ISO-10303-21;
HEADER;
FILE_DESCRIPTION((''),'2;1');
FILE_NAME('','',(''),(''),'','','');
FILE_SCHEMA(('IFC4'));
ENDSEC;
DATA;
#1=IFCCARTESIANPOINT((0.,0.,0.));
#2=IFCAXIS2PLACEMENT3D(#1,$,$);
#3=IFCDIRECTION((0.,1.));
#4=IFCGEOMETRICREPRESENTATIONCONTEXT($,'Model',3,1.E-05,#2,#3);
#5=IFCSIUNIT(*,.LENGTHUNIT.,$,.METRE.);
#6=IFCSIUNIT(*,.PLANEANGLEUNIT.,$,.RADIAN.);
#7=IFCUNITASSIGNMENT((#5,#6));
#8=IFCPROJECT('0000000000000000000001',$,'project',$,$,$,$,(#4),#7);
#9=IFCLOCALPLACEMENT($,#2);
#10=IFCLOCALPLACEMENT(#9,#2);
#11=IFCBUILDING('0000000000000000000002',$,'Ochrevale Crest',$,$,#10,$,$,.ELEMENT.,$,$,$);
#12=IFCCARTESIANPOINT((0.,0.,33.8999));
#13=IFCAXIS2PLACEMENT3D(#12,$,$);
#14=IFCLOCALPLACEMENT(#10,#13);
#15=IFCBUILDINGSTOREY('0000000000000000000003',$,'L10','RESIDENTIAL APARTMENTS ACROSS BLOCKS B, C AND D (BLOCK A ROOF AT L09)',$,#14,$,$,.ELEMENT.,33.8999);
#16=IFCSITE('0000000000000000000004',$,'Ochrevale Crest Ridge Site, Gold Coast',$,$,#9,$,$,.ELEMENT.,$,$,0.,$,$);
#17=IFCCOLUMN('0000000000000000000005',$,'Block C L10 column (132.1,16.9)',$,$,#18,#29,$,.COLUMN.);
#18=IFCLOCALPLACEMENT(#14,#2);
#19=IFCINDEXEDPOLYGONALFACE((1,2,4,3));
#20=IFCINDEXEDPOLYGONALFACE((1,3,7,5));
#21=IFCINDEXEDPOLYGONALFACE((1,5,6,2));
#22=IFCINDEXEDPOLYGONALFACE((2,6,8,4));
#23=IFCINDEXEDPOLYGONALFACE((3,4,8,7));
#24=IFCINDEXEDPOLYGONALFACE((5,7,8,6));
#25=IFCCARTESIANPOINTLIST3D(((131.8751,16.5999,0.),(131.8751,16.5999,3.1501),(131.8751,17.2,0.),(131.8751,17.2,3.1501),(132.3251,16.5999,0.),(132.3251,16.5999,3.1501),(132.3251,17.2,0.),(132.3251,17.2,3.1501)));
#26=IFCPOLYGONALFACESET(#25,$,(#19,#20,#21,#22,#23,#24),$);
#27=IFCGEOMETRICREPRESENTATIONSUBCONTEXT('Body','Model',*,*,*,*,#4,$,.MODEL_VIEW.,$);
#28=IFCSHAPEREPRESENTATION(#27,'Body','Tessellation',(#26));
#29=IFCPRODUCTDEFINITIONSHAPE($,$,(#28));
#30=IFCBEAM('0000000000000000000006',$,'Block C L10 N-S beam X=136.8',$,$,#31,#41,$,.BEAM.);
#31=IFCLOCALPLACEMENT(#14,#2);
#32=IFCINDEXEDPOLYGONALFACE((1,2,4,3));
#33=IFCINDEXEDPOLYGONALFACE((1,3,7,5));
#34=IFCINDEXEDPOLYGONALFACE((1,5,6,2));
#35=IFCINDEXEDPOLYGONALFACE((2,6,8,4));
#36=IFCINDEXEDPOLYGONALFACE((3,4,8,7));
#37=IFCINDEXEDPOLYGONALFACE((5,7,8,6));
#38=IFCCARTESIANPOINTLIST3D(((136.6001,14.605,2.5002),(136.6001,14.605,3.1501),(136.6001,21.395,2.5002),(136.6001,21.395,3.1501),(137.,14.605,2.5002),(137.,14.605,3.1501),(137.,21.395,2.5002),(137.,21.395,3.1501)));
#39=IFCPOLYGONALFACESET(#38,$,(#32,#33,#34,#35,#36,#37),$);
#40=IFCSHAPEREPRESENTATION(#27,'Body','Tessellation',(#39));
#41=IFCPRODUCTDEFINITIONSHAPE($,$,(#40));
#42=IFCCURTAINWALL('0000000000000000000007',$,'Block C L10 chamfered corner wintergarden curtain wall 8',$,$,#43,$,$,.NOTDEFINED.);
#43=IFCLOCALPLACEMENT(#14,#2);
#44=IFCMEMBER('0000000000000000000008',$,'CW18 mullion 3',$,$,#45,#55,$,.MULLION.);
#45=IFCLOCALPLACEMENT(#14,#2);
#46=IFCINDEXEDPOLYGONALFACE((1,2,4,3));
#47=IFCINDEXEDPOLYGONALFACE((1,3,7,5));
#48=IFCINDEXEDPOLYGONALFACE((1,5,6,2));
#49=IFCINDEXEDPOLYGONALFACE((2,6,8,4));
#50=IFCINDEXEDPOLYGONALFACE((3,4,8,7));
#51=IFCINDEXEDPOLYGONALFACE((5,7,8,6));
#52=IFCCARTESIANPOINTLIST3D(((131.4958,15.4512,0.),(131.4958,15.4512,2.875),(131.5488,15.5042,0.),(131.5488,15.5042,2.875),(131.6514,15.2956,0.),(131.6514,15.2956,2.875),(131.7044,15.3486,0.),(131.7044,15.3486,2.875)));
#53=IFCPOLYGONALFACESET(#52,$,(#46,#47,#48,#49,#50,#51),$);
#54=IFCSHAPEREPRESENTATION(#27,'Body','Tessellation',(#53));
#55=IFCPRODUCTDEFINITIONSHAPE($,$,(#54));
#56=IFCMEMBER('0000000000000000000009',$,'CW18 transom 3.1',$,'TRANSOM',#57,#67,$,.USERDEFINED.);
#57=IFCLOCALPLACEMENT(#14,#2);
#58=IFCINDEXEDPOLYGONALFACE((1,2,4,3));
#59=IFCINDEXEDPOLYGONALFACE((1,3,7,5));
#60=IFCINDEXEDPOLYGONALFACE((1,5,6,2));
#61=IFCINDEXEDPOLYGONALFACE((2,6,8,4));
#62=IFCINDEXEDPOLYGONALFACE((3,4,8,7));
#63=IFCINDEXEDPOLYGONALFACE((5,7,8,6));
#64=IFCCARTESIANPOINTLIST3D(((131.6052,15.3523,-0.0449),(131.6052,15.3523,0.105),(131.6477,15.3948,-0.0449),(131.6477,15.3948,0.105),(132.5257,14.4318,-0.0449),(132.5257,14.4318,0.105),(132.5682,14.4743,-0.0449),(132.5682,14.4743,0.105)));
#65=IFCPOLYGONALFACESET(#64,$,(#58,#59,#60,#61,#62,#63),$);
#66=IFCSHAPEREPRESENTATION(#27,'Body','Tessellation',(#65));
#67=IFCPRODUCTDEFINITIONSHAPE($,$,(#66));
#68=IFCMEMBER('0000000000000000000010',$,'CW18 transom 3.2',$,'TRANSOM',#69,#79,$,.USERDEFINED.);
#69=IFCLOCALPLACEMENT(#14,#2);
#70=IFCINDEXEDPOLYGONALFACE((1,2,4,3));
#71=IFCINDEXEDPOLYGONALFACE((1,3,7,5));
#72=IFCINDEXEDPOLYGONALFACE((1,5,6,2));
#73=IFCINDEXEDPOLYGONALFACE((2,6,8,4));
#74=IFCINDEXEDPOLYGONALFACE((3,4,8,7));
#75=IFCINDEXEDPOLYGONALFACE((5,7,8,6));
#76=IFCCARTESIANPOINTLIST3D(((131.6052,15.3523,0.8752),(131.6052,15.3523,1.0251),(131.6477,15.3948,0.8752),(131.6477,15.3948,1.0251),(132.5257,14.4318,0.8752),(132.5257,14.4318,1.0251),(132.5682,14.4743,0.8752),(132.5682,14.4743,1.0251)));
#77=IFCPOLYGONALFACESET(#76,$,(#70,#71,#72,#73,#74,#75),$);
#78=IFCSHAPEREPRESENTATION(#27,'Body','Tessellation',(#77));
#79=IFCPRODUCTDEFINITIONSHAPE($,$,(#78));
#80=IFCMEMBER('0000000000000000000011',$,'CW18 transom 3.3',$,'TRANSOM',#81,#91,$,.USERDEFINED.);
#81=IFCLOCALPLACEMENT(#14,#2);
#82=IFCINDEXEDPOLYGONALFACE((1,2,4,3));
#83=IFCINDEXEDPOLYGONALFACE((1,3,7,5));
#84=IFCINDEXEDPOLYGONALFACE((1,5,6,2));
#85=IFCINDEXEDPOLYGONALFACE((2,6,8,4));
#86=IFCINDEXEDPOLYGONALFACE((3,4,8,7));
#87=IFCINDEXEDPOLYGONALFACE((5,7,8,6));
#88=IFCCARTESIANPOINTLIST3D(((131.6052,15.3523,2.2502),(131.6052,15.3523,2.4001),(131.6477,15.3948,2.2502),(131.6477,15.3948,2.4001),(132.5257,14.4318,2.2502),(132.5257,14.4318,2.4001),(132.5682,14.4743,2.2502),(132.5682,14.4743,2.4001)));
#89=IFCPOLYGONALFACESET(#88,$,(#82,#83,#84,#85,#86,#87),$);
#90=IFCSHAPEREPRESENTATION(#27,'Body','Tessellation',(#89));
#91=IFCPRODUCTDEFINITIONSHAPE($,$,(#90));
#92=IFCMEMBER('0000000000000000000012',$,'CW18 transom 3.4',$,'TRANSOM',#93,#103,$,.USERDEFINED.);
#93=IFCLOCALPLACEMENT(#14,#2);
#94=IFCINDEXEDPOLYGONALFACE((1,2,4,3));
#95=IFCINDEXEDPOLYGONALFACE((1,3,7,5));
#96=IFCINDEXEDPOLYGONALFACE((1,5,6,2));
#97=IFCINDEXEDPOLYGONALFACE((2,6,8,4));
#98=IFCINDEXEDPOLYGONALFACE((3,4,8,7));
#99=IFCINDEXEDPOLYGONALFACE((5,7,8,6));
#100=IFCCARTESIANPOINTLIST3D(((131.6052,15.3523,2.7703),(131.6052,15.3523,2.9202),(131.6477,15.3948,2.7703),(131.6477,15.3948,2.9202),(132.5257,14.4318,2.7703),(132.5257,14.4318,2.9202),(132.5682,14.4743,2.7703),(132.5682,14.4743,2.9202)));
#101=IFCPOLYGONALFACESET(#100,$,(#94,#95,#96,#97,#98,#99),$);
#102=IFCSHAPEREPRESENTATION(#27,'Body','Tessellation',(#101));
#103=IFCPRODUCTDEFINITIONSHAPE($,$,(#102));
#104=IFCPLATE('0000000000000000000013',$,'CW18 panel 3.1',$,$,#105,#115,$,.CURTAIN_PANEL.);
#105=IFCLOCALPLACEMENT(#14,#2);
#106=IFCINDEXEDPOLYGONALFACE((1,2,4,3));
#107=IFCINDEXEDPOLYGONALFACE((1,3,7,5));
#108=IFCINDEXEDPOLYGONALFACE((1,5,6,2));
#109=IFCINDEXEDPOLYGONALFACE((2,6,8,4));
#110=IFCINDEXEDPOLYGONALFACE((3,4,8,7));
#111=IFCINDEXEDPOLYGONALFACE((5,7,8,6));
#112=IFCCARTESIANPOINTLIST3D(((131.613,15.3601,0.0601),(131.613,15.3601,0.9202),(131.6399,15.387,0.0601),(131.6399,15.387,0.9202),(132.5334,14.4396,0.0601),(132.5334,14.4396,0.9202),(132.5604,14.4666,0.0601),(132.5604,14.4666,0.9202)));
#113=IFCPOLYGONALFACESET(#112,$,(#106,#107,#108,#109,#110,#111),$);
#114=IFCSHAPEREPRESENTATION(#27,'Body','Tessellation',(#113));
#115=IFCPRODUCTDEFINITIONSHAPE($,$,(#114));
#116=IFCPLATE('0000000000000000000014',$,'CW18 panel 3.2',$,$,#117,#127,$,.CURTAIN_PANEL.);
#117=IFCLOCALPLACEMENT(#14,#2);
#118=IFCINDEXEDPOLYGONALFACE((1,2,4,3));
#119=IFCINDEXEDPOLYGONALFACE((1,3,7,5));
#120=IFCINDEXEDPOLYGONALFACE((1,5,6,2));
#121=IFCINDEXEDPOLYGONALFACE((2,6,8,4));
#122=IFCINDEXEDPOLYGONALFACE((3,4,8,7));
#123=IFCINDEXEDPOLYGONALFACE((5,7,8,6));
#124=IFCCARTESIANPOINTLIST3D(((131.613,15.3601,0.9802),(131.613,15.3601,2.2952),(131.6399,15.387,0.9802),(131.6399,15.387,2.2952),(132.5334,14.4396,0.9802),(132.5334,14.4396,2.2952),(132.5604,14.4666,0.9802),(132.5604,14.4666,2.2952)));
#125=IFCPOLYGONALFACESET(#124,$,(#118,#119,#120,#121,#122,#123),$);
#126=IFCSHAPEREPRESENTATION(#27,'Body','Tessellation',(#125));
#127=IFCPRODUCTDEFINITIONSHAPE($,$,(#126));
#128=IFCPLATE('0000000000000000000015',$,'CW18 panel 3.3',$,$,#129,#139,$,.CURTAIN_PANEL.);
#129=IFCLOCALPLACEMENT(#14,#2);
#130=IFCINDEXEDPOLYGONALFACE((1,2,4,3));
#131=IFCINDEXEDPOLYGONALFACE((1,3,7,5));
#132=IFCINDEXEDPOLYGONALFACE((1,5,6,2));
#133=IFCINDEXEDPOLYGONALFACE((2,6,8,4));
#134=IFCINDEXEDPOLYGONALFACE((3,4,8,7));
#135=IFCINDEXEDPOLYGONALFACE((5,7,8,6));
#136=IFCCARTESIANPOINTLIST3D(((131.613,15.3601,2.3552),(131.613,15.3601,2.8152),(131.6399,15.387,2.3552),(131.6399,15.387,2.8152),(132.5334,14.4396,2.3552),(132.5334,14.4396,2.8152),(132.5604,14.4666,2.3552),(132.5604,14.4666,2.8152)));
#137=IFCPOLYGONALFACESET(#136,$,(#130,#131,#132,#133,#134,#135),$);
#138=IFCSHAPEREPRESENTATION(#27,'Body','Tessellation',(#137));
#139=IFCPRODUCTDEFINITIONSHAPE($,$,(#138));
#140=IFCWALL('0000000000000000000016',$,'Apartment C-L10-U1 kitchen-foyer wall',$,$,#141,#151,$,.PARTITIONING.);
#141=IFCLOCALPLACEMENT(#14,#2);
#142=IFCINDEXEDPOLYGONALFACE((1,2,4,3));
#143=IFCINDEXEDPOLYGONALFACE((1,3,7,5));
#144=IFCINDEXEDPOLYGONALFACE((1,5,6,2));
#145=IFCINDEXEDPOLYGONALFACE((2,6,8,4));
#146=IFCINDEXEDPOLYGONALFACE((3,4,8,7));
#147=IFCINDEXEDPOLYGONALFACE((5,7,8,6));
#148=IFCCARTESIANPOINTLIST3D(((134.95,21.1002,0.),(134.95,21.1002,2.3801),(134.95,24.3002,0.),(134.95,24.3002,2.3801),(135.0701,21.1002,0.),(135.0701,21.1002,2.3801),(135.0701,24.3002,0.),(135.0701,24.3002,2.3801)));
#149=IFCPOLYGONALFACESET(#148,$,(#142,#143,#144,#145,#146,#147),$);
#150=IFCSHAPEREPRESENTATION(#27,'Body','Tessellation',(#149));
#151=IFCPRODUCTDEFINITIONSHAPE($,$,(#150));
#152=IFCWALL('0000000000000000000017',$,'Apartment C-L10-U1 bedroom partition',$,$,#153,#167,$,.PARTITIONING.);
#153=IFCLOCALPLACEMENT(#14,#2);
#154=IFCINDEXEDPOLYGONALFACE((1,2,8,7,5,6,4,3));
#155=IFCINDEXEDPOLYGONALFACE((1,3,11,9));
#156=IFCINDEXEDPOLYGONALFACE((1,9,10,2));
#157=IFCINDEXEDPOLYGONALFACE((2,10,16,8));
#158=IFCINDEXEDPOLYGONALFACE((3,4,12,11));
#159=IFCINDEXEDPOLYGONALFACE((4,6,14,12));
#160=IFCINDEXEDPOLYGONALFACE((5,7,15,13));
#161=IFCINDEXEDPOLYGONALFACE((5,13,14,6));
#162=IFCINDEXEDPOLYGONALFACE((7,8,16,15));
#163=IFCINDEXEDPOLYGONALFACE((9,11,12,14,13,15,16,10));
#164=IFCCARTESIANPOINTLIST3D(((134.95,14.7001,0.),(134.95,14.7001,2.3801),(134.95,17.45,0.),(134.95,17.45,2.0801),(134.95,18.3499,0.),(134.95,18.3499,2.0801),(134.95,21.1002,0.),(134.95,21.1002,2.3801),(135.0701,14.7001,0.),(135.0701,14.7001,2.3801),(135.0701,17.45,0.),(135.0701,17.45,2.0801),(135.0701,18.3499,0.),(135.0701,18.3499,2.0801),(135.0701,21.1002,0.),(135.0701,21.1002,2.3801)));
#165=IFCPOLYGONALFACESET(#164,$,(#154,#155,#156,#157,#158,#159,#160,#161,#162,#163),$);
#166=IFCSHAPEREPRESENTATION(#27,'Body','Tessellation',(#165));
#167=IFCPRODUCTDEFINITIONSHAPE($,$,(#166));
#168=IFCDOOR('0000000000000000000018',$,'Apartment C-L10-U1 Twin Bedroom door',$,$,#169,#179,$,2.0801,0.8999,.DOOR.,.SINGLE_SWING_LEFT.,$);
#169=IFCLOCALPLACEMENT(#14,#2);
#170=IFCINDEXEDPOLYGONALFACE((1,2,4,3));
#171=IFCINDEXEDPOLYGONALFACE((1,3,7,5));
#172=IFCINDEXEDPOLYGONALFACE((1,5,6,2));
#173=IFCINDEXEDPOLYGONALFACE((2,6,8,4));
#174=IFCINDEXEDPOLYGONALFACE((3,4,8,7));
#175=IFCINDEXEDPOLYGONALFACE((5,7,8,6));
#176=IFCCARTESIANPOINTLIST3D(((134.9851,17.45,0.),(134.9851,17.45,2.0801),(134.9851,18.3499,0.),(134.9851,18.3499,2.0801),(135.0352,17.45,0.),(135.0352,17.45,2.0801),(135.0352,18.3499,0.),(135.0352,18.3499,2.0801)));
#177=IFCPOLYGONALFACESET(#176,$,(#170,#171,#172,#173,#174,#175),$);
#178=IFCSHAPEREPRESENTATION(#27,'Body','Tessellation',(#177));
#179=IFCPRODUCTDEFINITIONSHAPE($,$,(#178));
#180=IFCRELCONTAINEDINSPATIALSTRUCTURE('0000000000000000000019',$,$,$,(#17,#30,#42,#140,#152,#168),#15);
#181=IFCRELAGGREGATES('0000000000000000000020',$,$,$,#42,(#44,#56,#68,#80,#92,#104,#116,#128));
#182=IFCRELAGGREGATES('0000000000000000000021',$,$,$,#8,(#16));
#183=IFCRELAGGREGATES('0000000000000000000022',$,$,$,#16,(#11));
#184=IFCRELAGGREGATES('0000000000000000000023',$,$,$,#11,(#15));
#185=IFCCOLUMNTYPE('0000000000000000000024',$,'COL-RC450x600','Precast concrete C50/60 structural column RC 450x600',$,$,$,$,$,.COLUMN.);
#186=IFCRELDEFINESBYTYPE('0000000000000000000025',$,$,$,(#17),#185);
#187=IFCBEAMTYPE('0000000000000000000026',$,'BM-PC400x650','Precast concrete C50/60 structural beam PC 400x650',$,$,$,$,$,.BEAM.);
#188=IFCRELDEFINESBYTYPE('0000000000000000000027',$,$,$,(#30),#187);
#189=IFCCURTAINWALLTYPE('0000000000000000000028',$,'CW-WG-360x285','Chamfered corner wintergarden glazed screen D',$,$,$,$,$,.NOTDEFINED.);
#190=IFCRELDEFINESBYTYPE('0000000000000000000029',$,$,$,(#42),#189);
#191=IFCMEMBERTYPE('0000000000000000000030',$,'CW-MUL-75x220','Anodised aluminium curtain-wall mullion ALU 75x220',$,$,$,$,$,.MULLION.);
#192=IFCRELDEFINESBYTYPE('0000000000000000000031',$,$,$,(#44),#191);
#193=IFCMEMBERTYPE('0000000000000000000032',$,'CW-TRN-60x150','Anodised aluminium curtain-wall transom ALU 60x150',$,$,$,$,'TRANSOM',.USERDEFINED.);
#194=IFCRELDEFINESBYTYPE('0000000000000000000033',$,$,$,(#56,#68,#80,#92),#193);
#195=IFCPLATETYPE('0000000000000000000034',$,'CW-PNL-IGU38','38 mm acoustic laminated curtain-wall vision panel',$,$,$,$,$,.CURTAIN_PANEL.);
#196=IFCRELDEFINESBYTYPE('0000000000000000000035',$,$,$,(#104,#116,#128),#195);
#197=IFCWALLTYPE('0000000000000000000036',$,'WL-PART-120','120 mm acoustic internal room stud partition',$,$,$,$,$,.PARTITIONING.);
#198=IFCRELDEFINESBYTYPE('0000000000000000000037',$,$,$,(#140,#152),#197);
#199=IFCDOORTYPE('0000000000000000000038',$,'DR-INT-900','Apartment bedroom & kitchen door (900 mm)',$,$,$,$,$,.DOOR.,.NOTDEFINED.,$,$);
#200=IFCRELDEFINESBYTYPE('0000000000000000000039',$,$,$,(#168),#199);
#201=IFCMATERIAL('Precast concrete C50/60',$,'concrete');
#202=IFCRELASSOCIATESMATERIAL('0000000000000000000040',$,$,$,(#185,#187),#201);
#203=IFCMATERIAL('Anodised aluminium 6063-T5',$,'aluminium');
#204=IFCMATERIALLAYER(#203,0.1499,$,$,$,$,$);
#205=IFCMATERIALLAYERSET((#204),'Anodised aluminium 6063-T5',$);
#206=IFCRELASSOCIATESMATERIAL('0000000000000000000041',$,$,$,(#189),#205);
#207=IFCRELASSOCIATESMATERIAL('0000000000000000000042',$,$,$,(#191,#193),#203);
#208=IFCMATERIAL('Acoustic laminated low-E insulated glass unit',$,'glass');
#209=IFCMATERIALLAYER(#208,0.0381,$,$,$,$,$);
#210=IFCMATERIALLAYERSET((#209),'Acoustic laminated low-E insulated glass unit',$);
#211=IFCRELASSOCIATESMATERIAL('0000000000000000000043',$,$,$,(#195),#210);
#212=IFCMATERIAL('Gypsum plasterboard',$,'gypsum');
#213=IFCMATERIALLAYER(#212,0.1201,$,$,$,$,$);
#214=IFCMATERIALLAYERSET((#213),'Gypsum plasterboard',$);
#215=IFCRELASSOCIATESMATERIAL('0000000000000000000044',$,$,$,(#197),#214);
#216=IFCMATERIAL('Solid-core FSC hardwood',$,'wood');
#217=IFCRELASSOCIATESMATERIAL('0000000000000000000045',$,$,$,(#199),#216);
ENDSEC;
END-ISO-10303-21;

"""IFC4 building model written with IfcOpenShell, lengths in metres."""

from ifc_helpers import new_model, si_unit, direction, frame, frame_2d, origin, origin_2d, place, context, subcontext, project, spatial, rectangle, extrude, material, layer, layer_set, material_profile, profile_set, type_object, element, fill, aggregate, save


model = new_model("IFC4")

# Units and contexts
model_context = context("Model", 3, precision=1e-05, world=origin(), true_north=direction((0.0, 1.0)))
body_context = subcontext(model_context, "Body", "Model", "MODEL_VIEW")
ifc_project = project(units=[si_unit("LENGTHUNIT", "METRE"), si_unit("PLANEANGLEUNIT", "RADIAN")], contexts=[model_context])

# Site, building, storey
site_placement = place(None, origin())
site = spatial("IfcSite", under=ifc_project, at=site_placement, Name="Ochrevale Crest Ridge Site, Gold Coast", CompositionType="ELEMENT", RefElevation=0.0)
building_placement = place(site_placement, origin())
building = spatial("IfcBuilding", under=site, at=building_placement, Name="Ochrevale Crest", CompositionType="ELEMENT")
storey_placement = place(building_placement, frame((0.0, 0.0, 33.8999)))
storey = spatial("IfcBuildingStorey", under=building, at=storey_placement, Name="L10", Description="RESIDENTIAL APARTMENTS ACROSS BLOCKS B, C AND D (BLOCK A ROOF AT L09)", CompositionType="ELEMENT", Elevation=33.8999)

# Column
ifc_material_1 = material(Name="Precast concrete C50/60", Category="concrete")
ifc_material_profile_1 = material_profile(ifc_material_1, rectangle(XDim=0.45, YDim=0.6001, at=origin_2d()), Name="RC 450x600")
ifc_profile_set_1 = profile_set([ifc_material_profile_1], Name="Precast concrete C50/60")
column_type = type_object("IfcColumnType", Name="COL-RC450x600", Description="Precast concrete C50/60 structural column RC 450x600", PredefinedType="COLUMN", material=ifc_profile_set_1)
column_placement = place(storey_placement, frame((132.1001, 16.8999, 0.0), z_axis=(0.0, 0.0, 1.0), x_axis=(1.0, 0.0, 0.0)))
element("IfcColumn", 1, at=column_placement, inside=storey, type_object=column_type, Name="Block C L10 column (132.1,16.9)", PredefinedType="COLUMN", context=body_context, shape_type="SweptSolid", body=[
    extrude(rectangle(XDim=0.45, YDim=0.6001, at=origin_2d()), origin(), (0.0, 0.0, 1.0), 3.1501),
])

# Beam
ifc_material_profile_2 = material_profile(ifc_material_1, rectangle(XDim=0.3999, YDim=0.6499, at=origin_2d()), Name="PC 400x650")
ifc_profile_set_2 = profile_set([ifc_material_profile_2], Name="Precast concrete C50/60")
beam_type = type_object("IfcBeamType", Name="BM-PC400x650", Description="Precast concrete C50/60 structural beam PC 400x650", PredefinedType="BEAM", material=ifc_profile_set_2)
beam_placement = place(storey_placement, frame((136.8, 14.605, 2.8252), z_axis=(0.0, 1.0, 0.0), x_axis=(-1.0, 0.0, 0.0)))
element("IfcBeam", 2, at=beam_placement, inside=storey, type_object=beam_type, Name="Block C L10 N-S beam X=136.8", PredefinedType="BEAM", context=body_context, shape_type="SweptSolid", body=[
    extrude(rectangle(XDim=0.3999, YDim=0.6499, at=origin_2d()), origin(), (0.0, 0.0, 1.0), 6.79),
])

# Curtain wall, members, plates
ifc_material_2 = material(Name="Anodised aluminium 6063-T5", Category="aluminium")
ifc_layer_1 = layer(ifc_material_2, 0.1499)
ifc_layer_set_1 = layer_set([ifc_layer_1], Name="Anodised aluminium 6063-T5")
curtain_wall_type = type_object("IfcCurtainWallType", Name="CW-WG-360x285", Description="Chamfered corner wintergarden glazed screen D", PredefinedType="NOTDEFINED", material=ifc_layer_set_1)
curtain_wall_placement = place(storey_placement, origin())
curtain_wall = element("IfcCurtainWall", 3, at=curtain_wall_placement, inside=storey, type_object=curtain_wall_type, Name="Block C L10 chamfered corner wintergarden curtain wall 8", PredefinedType="NOTDEFINED")
ifc_material_profile_3 = material_profile(ifc_material_2, rectangle(XDim=0.075, YDim=0.22, at=origin_2d()), Name="ALU 75x220")
ifc_profile_set_3 = profile_set([ifc_material_profile_3], Name="Anodised aluminium 6063-T5")
member_type_1 = type_object("IfcMemberType", Name="CW-MUL-75x220", Description="Anodised aluminium curtain-wall mullion ALU 75x220", PredefinedType="MULLION", material=ifc_profile_set_3)
member_1_placement = place(storey_placement, frame((131.6001, 15.3999, 0.0), z_axis=(0.0, 0.0, 1.0), x_axis=(0.707107, 0.707107, 0.0)))
member_1 = element("IfcMember", 4, at=member_1_placement, type_object=member_type_1, Name="CW18 mullion 3", PredefinedType="MULLION", context=body_context, shape_type="SweptSolid", body=[
    extrude(rectangle(XDim=0.075, YDim=0.22, at=origin_2d()), origin(), (0.0, 0.0, 1.0), 2.875),
])
ifc_material_profile_4 = material_profile(ifc_material_2, rectangle(XDim=0.0601, YDim=0.1499, at=origin_2d()), Name="ALU 60x150")
ifc_profile_set_4 = profile_set([ifc_material_profile_4], Name="Anodised aluminium 6063-T5")
member_type_2 = type_object("IfcMemberType", Name="CW-TRN-60x150", Description="Anodised aluminium curtain-wall transom ALU 60x150", ElementType="TRANSOM", PredefinedType="USERDEFINED", material=ifc_profile_set_4)
member_2_placement = place(storey_placement, frame((131.6265, 15.3735, 0.03), z_axis=(0.707107, -0.707107, 0.0), x_axis=(0.707107, 0.707107, 0.0)))
member_2 = element("IfcMember", 5, at=member_2_placement, type_object=member_type_2, Name="CW18 transom 3.1", ObjectType="TRANSOM", PredefinedType="USERDEFINED", context=body_context, shape_type="SweptSolid", body=[
    extrude(rectangle(XDim=0.0601, YDim=0.1499, at=origin_2d()), origin(), (0.0, 0.0, 1.0), 1.3018),
])
member_3_placement = place(storey_placement, frame((131.6265, 15.3735, 0.9502), z_axis=(0.707107, -0.707107, 0.0), x_axis=(0.707107, 0.707107, 0.0)))
member_3 = element("IfcMember", 6, at=member_3_placement, type_object=member_type_2, Name="CW18 transom 3.2", ObjectType="TRANSOM", PredefinedType="USERDEFINED", context=body_context, shape_type="SweptSolid", body=[
    extrude(rectangle(XDim=0.0601, YDim=0.1499, at=origin_2d()), origin(), (0.0, 0.0, 1.0), 1.3018),
])
member_4_placement = place(storey_placement, frame((131.6265, 15.3735, 2.3252), z_axis=(0.707107, -0.707107, 0.0), x_axis=(0.707107, 0.707107, 0.0)))
member_4 = element("IfcMember", 7, at=member_4_placement, type_object=member_type_2, Name="CW18 transom 3.3", ObjectType="TRANSOM", PredefinedType="USERDEFINED", context=body_context, shape_type="SweptSolid", body=[
    extrude(rectangle(XDim=0.0601, YDim=0.1499, at=origin_2d()), origin(), (0.0, 0.0, 1.0), 1.3018),
])
member_5_placement = place(storey_placement, frame((131.6265, 15.3735, 2.8452), z_axis=(0.707107, -0.707107, 0.0), x_axis=(0.707107, 0.707107, 0.0)))
member_5 = element("IfcMember", 8, at=member_5_placement, type_object=member_type_2, Name="CW18 transom 3.4", ObjectType="TRANSOM", PredefinedType="USERDEFINED", context=body_context, shape_type="SweptSolid", body=[
    extrude(rectangle(XDim=0.0601, YDim=0.1499, at=origin_2d()), origin(), (0.0, 0.0, 1.0), 1.3018),
])
ifc_material_3 = material(Name="Acoustic laminated low-E insulated glass unit", Category="glass")
ifc_layer_2 = layer(ifc_material_3, 0.0381)
ifc_layer_set_2 = layer_set([ifc_layer_2], Name="Acoustic laminated low-E insulated glass unit")
plate_type = type_object("IfcPlateType", Name="CW-PNL-IGU38", Description="38 mm acoustic laminated curtain-wall vision panel", PredefinedType="CURTAIN_PANEL", material=ifc_layer_set_2)
plate_1_placement = place(storey_placement, frame((132.0867, 14.9133, 0.0601), z_axis=(0.0, 0.0, 1.0), x_axis=(0.707107, -0.707107, 0.0)))
plate_1 = element("IfcPlate", 9, at=plate_1_placement, type_object=plate_type, Name="CW18 panel 3.1", PredefinedType="CURTAIN_PANEL", context=body_context, shape_type="SweptSolid", body=[
    extrude(rectangle(XDim=1.3018, YDim=0.0381, at=origin_2d()), origin(), (0.0, 0.0, 1.0), 0.8601),
])
plate_2_placement = place(storey_placement, frame((132.0867, 14.9133, 0.9802), z_axis=(0.0, 0.0, 1.0), x_axis=(0.707107, -0.707107, 0.0)))
plate_2 = element("IfcPlate", 10, at=plate_2_placement, type_object=plate_type, Name="CW18 panel 3.2", PredefinedType="CURTAIN_PANEL", context=body_context, shape_type="SweptSolid", body=[
    extrude(rectangle(XDim=1.3018, YDim=0.0381, at=origin_2d()), origin(), (0.0, 0.0, 1.0), 1.3149),
])
plate_3_placement = place(storey_placement, frame((132.0867, 14.9133, 2.3552), z_axis=(0.0, 0.0, 1.0), x_axis=(0.707107, -0.707107, 0.0)))
plate_3 = element("IfcPlate", 11, at=plate_3_placement, type_object=plate_type, Name="CW18 panel 3.3", PredefinedType="CURTAIN_PANEL", context=body_context, shape_type="SweptSolid", body=[
    extrude(rectangle(XDim=1.3018, YDim=0.0381, at=origin_2d()), origin(), (0.0, 0.0, 1.0), 0.46),
])
aggregate(curtain_wall, [member_1, member_2, member_3, member_4, member_5, plate_1, plate_2, plate_3])

# Wall
ifc_material_4 = material(Name="Gypsum plasterboard", Category="gypsum")
ifc_layer_3 = layer(ifc_material_4, 0.1201)
ifc_layer_set_3 = layer_set([ifc_layer_3], Name="Gypsum plasterboard")
wall_type_1 = type_object("IfcWallType", Name="WL-PART-120", Description="120 mm acoustic internal room stud partition", PredefinedType="PARTITIONING", material=ifc_layer_set_3)
wall_1_placement = place(storey_placement, frame((135.01, 21.1001, 0.0), z_axis=(0.0, 0.0, 1.0), x_axis=(0.0, 1.0, 0.0)))
element("IfcWall", 12, at=wall_1_placement, inside=storey, type_object=wall_type_1, Name="Apartment C-L10-U1 kitchen-foyer wall", PredefinedType="PARTITIONING", context=body_context, shape_type="SweptSolid", body=[
    extrude(rectangle(XDim=3.2, YDim=0.1201, at=frame_2d((1.6001, 0.0))), origin(), (0.0, 0.0, 1.0), 2.3801),
])

# Wall, opening, door
wall_2_placement = place(storey_placement, frame((135.01, 14.7, 0.0), z_axis=(0.0, 0.0, 1.0), x_axis=(0.0, 1.0, 0.0)))
wall_2 = element("IfcWall", 13, at=wall_2_placement, inside=storey, type_object=wall_type_1, Name="Apartment C-L10-U1 bedroom partition", PredefinedType="PARTITIONING", context=body_context, shape_type="SweptSolid", body=[
    extrude(rectangle(XDim=6.4001, YDim=0.1201, at=frame_2d((3.2002, 0.0))), origin(), (0.0, 0.0, 1.0), 2.3801),
])
opening_placement = place(wall_2_placement, frame((2.75, 0.0, 0.0)))
opening = element("IfcOpeningElement", 14, at=opening_placement, cuts=wall_2, PredefinedType="OPENING", context=body_context, shape_type="SweptSolid", body=[
    extrude(rectangle(XDim=0.8999, YDim=2.0801, at=frame_2d((0.45, 1.04))), frame((0.0, 0.0701, 0.0), z_axis=(0.0, -1.0, 0.0), x_axis=(1.0, 0.0, 0.0)), (0.0, 0.0, 1.0), 0.1401),
])
ifc_material_5 = material(Name="Solid-core FSC hardwood", Category="wood")
door_type = type_object("IfcDoorType", Name="DR-INT-900", Description="Apartment bedroom & kitchen door (900 mm)", OperationType="NOTDEFINED", PredefinedType="DOOR", material=ifc_material_5)
door_placement = place(opening_placement, origin())
door = element("IfcDoor", 15, at=door_placement, inside=storey, type_object=door_type, Name="Apartment C-L10-U1 Twin Bedroom door", OperationType="SINGLE_SWING_LEFT", OverallHeight=2.0801, OverallWidth=0.8999, PredefinedType="DOOR", context=body_context, shape_type="SweptSolid", body=[
    extrude(rectangle(XDim=0.8999, YDim=2.0801, at=frame_2d((0.45, 1.04))), frame((0.0, 0.0249, 0.0), z_axis=(0.0, -1.0, 0.0), x_axis=(1.0, 0.0, 0.0)), (0.0, 0.0, 1.0), 0.05),
])
fill(opening, door)

save(model, "model.ifc")
